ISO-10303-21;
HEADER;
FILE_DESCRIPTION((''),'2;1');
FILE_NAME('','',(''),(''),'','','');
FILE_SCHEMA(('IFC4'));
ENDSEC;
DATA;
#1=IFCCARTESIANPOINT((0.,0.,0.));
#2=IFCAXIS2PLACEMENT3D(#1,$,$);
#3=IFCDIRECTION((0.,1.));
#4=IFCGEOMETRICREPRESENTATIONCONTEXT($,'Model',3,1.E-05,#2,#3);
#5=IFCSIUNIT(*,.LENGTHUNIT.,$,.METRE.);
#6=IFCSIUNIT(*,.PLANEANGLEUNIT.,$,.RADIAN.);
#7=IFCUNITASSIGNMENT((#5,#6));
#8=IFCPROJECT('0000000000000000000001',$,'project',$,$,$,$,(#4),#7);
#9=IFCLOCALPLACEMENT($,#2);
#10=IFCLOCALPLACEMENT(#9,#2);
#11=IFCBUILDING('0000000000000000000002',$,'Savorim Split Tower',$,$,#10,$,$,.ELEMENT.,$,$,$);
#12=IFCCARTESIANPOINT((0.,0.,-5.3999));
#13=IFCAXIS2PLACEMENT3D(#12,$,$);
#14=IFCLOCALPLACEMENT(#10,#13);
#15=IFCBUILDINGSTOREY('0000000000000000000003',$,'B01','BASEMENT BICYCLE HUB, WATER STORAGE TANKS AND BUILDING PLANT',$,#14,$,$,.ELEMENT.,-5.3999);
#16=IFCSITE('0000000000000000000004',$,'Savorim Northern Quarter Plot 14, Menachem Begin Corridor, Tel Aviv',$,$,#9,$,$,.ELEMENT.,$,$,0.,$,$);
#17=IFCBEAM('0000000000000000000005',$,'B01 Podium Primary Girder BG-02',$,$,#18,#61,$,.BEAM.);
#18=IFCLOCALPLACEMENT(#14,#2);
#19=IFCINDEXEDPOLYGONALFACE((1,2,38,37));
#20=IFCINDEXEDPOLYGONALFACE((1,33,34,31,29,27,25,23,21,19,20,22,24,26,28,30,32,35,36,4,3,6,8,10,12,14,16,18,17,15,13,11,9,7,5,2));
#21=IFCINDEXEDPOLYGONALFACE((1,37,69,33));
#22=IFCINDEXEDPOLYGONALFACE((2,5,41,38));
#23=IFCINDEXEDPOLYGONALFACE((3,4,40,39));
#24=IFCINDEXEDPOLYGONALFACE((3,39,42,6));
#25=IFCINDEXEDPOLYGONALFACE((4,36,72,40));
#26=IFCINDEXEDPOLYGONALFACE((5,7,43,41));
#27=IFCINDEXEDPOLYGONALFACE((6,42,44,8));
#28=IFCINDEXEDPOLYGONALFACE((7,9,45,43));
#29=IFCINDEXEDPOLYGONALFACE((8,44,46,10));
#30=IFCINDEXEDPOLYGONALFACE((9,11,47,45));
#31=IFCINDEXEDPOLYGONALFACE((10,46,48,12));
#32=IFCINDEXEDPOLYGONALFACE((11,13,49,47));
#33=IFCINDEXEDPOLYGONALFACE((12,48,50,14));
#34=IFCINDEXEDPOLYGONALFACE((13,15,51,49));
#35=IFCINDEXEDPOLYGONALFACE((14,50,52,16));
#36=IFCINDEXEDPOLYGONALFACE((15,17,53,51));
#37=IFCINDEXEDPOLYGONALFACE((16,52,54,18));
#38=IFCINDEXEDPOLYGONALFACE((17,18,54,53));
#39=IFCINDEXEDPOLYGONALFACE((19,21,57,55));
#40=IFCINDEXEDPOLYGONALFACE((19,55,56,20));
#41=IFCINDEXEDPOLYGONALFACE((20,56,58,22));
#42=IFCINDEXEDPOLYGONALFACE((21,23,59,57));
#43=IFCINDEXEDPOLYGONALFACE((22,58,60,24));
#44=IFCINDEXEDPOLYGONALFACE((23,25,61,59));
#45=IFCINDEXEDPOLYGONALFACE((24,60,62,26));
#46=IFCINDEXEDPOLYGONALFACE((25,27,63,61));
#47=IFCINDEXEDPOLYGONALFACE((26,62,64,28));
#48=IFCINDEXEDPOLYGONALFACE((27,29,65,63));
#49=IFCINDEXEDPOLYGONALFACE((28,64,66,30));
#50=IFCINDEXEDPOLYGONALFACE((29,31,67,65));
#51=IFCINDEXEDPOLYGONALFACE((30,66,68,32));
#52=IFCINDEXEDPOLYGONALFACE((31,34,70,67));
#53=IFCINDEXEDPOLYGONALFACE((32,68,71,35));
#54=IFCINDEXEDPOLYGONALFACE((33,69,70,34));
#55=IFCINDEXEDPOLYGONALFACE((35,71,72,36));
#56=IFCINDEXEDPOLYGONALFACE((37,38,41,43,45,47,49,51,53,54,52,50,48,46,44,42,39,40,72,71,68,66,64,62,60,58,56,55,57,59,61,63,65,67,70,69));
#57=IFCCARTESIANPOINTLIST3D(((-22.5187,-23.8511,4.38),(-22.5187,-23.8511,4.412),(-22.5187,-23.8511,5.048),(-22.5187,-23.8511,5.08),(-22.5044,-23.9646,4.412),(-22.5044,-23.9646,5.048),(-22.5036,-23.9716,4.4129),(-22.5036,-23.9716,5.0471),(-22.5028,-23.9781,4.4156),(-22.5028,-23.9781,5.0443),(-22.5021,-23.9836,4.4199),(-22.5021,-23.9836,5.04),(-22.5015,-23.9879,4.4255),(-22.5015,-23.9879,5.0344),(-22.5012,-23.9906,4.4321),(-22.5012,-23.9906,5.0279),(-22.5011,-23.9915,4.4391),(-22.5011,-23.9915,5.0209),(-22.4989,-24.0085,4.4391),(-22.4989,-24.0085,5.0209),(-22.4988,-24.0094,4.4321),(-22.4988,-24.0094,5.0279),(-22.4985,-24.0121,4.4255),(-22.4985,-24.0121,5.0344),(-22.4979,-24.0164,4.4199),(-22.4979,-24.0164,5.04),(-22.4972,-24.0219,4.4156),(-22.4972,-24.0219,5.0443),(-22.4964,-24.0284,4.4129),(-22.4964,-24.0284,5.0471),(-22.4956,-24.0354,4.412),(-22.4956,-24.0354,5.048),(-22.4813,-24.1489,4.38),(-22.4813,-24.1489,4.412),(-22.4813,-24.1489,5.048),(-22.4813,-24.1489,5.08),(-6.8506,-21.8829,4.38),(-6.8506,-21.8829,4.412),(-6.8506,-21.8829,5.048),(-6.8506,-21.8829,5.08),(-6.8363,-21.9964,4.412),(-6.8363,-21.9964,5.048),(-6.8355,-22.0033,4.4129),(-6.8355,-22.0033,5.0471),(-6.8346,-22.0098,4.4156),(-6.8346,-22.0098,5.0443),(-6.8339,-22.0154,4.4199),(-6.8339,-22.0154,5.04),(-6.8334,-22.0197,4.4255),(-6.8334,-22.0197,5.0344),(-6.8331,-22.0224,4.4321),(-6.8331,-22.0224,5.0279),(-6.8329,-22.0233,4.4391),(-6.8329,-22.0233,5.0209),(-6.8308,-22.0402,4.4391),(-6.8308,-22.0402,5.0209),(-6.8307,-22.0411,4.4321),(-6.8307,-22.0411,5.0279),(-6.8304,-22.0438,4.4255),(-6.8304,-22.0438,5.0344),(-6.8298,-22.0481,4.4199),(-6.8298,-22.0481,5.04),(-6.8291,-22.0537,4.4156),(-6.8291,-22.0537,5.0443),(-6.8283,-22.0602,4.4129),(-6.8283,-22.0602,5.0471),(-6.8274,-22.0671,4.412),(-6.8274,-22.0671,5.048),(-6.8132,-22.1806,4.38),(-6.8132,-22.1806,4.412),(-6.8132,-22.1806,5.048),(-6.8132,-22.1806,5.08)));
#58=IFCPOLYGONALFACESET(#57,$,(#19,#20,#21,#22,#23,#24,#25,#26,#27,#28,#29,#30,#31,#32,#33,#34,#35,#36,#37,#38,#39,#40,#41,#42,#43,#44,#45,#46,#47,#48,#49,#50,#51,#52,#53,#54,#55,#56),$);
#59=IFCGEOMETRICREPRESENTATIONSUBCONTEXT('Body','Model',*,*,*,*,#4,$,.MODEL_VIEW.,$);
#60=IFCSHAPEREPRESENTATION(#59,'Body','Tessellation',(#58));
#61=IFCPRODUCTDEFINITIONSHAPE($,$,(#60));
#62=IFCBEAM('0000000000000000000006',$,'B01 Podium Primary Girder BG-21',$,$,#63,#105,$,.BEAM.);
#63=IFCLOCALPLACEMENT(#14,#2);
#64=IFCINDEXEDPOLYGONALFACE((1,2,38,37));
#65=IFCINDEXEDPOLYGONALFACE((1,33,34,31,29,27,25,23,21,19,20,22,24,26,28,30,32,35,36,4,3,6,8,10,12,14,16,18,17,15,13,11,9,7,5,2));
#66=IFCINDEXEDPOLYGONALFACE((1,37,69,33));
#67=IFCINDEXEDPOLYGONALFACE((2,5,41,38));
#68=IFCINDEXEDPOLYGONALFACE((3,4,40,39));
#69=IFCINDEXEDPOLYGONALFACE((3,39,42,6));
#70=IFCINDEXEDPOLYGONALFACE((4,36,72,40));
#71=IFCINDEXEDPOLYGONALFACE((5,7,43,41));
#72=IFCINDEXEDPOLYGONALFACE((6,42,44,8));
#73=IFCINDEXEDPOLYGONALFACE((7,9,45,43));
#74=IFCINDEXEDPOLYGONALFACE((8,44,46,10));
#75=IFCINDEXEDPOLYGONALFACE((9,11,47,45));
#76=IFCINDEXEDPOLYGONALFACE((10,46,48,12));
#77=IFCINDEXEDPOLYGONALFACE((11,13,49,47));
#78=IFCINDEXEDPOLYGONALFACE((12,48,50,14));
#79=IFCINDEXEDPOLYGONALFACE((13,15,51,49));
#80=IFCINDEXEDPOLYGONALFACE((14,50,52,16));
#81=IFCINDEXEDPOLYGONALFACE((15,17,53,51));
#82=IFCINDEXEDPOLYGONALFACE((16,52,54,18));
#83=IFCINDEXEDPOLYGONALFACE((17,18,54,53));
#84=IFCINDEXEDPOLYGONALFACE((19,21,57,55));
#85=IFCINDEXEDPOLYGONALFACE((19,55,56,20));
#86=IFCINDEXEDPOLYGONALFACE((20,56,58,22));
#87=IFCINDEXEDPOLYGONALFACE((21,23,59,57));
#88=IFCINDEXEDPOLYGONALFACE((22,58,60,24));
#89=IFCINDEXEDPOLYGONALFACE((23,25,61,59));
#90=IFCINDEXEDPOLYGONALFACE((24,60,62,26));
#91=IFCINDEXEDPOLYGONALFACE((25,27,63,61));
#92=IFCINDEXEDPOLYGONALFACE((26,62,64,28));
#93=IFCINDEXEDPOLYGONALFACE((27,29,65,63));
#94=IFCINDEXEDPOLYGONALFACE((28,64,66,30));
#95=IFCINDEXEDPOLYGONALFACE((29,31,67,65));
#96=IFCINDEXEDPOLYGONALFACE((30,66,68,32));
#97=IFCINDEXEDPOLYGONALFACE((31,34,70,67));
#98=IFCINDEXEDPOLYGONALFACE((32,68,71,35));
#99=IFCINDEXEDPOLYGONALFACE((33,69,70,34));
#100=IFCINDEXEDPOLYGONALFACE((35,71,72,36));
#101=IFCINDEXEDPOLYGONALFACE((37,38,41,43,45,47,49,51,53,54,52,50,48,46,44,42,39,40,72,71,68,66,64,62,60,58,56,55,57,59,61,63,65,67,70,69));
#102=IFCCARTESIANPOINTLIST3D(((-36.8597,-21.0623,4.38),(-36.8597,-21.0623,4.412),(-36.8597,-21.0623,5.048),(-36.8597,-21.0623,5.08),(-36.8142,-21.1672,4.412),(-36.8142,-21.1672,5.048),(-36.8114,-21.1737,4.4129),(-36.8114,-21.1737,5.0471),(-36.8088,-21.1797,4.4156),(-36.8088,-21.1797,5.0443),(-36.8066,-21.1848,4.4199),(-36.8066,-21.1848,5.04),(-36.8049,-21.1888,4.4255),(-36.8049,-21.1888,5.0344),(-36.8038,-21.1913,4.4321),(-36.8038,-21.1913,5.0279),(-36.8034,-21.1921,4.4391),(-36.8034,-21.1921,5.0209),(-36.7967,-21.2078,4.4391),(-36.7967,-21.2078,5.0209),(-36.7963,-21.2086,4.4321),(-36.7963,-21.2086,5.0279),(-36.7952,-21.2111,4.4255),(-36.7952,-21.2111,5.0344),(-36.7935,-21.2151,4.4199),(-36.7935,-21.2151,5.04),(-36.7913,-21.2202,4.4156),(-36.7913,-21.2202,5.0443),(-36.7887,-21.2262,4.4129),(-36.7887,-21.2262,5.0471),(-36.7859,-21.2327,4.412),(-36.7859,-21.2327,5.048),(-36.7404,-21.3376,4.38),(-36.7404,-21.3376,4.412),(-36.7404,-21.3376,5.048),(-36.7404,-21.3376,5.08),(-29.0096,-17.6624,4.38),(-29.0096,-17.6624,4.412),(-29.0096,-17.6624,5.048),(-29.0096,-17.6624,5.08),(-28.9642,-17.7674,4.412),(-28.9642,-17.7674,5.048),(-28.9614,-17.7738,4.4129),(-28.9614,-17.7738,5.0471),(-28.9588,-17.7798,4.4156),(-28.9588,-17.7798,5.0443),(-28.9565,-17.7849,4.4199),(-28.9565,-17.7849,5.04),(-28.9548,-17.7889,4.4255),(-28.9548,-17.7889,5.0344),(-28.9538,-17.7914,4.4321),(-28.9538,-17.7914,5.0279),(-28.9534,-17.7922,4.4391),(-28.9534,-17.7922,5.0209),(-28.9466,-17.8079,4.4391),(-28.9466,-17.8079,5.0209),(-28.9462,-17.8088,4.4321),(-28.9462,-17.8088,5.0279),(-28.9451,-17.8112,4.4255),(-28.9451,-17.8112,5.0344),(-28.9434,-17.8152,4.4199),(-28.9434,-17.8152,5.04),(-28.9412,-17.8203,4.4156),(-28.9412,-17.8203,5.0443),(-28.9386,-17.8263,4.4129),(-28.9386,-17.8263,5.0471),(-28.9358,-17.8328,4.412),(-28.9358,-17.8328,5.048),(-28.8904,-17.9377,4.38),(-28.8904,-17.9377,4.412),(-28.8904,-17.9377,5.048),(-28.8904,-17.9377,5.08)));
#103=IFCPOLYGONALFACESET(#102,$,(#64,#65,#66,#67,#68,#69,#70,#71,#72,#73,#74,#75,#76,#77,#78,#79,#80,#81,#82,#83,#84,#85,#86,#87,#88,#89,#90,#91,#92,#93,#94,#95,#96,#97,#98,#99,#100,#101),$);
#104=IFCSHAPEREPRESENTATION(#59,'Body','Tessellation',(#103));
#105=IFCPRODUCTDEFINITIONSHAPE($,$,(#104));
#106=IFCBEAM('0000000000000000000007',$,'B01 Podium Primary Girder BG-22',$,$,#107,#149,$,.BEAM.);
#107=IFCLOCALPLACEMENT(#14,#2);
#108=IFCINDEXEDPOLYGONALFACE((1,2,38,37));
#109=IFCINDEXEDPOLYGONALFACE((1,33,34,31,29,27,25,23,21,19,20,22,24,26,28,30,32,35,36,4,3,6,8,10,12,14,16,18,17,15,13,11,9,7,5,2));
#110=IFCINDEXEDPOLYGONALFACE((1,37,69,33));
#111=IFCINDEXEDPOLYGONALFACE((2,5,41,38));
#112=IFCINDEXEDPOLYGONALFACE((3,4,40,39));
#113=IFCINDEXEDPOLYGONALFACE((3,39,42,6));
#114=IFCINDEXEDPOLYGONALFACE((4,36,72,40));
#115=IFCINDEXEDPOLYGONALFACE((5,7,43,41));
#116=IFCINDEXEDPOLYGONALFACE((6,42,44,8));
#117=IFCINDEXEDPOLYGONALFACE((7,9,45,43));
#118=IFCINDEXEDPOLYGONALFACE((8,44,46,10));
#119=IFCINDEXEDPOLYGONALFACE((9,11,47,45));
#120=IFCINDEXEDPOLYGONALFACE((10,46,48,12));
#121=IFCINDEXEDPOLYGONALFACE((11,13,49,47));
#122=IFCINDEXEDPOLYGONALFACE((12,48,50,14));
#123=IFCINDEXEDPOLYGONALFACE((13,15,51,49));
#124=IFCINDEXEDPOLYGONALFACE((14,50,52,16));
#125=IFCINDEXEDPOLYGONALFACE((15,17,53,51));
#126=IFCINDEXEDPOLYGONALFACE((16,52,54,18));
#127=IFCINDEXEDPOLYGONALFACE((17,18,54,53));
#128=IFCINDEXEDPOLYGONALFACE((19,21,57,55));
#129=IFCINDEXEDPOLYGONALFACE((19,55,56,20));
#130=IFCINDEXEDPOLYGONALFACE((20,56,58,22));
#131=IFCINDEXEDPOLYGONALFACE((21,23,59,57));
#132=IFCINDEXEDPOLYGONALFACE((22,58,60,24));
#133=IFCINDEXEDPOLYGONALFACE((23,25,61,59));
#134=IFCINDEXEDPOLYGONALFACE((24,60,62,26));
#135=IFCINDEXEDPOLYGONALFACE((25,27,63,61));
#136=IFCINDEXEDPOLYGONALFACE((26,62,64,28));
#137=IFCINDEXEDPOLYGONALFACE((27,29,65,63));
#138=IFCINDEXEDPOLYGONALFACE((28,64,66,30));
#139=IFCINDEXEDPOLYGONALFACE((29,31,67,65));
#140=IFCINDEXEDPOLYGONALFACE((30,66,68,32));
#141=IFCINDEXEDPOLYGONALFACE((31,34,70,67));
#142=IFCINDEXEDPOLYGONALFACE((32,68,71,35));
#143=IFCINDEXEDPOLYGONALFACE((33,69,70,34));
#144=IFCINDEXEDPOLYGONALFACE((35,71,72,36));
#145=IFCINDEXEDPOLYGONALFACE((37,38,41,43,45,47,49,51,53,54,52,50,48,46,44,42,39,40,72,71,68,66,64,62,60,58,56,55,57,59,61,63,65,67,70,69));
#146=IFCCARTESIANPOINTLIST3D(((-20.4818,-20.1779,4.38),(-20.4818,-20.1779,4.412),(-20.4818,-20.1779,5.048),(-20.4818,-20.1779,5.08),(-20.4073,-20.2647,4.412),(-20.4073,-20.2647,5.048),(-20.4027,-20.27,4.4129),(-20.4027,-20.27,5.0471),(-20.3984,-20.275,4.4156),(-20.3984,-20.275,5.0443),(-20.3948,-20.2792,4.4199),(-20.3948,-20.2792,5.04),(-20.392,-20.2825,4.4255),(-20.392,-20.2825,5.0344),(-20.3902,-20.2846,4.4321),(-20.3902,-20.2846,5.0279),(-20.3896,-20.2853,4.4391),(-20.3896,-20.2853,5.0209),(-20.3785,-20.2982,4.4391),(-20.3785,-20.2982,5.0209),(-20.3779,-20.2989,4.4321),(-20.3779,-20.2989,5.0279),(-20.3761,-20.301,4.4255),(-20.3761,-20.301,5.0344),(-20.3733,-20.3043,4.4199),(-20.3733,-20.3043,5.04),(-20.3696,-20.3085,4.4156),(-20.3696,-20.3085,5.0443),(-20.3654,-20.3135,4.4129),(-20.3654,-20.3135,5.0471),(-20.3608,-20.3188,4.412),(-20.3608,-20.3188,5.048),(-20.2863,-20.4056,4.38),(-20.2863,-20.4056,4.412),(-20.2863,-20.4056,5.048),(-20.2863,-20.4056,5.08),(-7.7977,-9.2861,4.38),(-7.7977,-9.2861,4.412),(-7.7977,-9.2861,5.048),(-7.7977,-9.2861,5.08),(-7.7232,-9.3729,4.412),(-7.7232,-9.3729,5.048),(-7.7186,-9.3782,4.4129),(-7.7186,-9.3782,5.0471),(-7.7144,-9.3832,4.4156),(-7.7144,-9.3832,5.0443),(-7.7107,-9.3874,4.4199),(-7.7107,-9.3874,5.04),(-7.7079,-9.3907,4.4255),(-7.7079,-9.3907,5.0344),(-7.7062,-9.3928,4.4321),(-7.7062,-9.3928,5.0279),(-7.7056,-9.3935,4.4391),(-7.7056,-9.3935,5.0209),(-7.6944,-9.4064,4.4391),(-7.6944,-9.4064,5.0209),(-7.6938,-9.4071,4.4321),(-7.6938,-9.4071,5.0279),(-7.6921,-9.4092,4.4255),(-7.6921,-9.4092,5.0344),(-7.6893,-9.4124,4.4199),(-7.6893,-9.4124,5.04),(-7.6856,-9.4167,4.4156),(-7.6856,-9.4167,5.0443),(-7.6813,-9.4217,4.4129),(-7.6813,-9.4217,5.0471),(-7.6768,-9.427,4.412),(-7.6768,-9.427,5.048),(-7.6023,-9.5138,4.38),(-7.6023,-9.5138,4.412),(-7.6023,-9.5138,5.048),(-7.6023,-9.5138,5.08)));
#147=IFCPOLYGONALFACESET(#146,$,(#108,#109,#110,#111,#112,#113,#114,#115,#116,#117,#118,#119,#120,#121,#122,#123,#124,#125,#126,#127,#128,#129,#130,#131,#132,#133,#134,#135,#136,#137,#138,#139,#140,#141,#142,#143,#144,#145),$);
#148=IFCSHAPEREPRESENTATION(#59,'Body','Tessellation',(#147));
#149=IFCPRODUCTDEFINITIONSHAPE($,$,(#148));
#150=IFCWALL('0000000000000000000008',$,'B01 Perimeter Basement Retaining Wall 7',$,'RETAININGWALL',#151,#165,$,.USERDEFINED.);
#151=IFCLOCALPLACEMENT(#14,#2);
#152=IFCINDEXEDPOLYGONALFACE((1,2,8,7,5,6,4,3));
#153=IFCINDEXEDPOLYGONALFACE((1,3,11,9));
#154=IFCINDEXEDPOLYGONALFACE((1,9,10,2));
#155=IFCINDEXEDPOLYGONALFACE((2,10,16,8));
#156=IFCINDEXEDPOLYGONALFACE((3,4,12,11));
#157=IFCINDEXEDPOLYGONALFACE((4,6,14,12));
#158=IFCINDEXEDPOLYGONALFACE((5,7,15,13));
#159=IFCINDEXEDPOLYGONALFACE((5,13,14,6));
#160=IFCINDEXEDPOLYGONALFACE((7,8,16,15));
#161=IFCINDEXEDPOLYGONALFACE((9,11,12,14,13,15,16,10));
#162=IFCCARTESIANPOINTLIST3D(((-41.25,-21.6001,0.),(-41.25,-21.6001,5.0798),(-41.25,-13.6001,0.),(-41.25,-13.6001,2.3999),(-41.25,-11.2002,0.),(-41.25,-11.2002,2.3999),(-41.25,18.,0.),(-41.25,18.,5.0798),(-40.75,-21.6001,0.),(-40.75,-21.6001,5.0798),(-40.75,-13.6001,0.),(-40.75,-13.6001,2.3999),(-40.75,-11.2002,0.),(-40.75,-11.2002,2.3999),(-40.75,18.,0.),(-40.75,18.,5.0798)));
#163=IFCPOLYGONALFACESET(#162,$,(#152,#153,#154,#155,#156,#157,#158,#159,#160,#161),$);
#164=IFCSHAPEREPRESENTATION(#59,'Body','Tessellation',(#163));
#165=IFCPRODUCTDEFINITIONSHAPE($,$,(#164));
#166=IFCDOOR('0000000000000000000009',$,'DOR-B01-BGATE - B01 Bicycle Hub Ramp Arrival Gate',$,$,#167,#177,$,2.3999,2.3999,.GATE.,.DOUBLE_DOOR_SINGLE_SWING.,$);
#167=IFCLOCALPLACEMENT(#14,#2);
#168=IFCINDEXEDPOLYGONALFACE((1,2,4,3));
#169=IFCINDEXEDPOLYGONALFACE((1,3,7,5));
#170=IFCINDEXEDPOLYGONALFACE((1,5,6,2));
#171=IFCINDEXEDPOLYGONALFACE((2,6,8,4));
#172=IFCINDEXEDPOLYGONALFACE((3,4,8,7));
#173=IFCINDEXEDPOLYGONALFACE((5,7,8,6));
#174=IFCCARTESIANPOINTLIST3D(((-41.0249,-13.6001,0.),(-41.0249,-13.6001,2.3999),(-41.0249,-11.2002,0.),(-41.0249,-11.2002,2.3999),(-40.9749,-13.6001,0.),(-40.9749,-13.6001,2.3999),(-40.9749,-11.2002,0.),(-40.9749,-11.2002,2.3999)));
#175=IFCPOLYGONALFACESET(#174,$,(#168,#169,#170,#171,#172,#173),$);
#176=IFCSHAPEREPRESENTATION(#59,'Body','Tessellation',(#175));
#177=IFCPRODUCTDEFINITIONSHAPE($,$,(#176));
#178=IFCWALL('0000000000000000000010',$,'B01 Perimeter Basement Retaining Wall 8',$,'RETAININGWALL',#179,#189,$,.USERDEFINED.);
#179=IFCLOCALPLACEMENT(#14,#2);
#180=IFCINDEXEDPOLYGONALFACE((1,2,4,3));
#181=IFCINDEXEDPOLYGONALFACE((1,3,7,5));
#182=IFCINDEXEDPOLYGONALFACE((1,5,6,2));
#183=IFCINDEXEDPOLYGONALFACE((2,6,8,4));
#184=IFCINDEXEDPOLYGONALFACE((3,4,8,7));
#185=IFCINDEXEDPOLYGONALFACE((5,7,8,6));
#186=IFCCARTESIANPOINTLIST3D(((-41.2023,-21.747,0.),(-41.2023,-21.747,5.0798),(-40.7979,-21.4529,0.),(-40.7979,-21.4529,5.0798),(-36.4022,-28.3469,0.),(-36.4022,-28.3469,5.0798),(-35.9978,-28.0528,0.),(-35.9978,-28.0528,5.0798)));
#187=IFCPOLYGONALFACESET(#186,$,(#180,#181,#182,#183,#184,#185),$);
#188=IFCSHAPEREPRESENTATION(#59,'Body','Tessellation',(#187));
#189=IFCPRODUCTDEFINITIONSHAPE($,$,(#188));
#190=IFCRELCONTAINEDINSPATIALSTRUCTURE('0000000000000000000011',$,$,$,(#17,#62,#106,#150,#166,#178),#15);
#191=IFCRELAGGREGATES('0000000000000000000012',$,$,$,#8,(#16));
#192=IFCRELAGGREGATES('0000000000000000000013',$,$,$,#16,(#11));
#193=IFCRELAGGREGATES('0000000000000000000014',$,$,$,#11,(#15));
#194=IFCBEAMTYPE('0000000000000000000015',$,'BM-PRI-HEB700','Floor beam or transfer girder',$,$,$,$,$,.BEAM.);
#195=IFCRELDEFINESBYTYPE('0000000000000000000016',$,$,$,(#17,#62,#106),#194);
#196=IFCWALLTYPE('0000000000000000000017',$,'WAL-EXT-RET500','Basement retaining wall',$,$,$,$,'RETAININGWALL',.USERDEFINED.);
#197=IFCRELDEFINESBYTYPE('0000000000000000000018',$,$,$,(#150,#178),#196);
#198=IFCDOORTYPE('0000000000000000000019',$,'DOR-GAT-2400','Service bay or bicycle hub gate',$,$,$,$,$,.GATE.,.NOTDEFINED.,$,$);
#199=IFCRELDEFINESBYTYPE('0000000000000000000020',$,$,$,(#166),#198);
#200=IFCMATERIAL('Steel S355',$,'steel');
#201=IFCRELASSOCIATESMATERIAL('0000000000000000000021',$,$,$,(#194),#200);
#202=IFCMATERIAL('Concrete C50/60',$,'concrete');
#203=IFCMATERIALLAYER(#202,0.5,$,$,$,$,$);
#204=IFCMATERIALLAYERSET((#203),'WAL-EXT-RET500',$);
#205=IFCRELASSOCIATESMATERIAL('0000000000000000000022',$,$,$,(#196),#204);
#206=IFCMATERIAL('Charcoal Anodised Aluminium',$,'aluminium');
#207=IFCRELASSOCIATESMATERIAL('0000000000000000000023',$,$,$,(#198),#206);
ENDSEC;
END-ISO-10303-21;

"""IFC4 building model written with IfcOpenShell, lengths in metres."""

from ifc_helpers import new_model, si_unit, direction, frame, frame_2d, origin, origin_2d, place, context, subcontext, project, spatial, rectangle, i_section, extrude, material, layer, layer_set, material_profile, profile_set, type_object, element, fill, save


model = new_model("IFC4")

# Units and contexts
model_context = context("Model", 3, precision=1e-05, world=origin(), true_north=direction((0.0, 1.0)))
body_context = subcontext(model_context, "Body", "Model", "MODEL_VIEW")
ifc_project = project(units=[si_unit("LENGTHUNIT", "METRE"), si_unit("PLANEANGLEUNIT", "RADIAN")], contexts=[model_context])

# Site, building, storey
site_placement = place(None, origin())
site = spatial("IfcSite", under=ifc_project, at=site_placement, Name="Savorim Northern Quarter Plot 14, Menachem Begin Corridor, Tel Aviv", CompositionType="ELEMENT", RefElevation=0.0)
building_placement = place(site_placement, origin())
building = spatial("IfcBuilding", under=site, at=building_placement, Name="Savorim Split Tower", CompositionType="ELEMENT")
storey_placement = place(building_placement, frame((0.0, 0.0, -5.3999)))
storey = spatial("IfcBuildingStorey", under=building, at=storey_placement, Name="B01", Description="BASEMENT BICYCLE HUB, WATER STORAGE TANKS AND BUILDING PLANT", CompositionType="ELEMENT", Elevation=-5.3999)

# Shared definitions
ifc_material_1 = material(Name="Concrete C50/60", Category="concrete")

# Beams
ifc_material_2 = material(Name="Steel S355", Category="steel")
ifc_material_profile_1 = material_profile(ifc_material_2, i_section(OverallWidth=0.3, OverallDepth=0.7, WebThickness=0.0171, FlangeThickness=0.032, FilletRadius=0.0271, at=origin_2d()), Name="HEB 700")
ifc_profile_set_1 = profile_set([ifc_material_profile_1], Name="Steel S355")
beam_type_1 = type_object("IfcBeamType", Name="BM-PRI-HEB700", Description="Floor beam or transfer girder", PredefinedType="BEAM", material=ifc_profile_set_1)
beam_1_placement = place(storey_placement, frame((-22.5, -24.0, 4.73), z_axis=(0.992202, 0.124642, 0.0), x_axis=(-0.124642, 0.992202, 0.0)))
element("IfcBeam", 1, at=beam_1_placement, inside=storey, type_object=beam_type_1, Name="B01 Podium Primary Girder BG-02", PredefinedType="BEAM", context=body_context, shape_type="SweptSolid", body=[
    extrude(i_section(OverallWidth=0.3, OverallDepth=0.7, WebThickness=0.0171, FlangeThickness=0.032, FilletRadius=0.0271, at=origin_2d()), origin(), (0.0, 0.0, 1.0), 15.7913),
])
beam_2_placement = place(storey_placement, frame((-36.8, -21.2, 4.73), z_axis=(0.917633, 0.39743, 0.0), x_axis=(-0.39743, 0.917633, 0.0)))
element("IfcBeam", 2, at=beam_2_placement, inside=storey, type_object=beam_type_1, Name="B01 Podium Primary Girder BG-21", PredefinedType="BEAM", context=body_context, shape_type="SweptSolid", body=[
    extrude(i_section(OverallWidth=0.3, OverallDepth=0.7, WebThickness=0.0171, FlangeThickness=0.032, FilletRadius=0.0271, at=origin_2d()), origin(), (0.0, 0.0, 1.0), 8.5547),
])
beam_3_placement = place(storey_placement, frame((-20.384, -20.2917, 4.73), z_axis=(0.758672, 0.651473, 0.0), x_axis=(-0.651473, 0.758672, 0.0)))
element("IfcBeam", 3, at=beam_3_placement, inside=storey, type_object=beam_type_1, Name="B01 Podium Primary Girder BG-22", PredefinedType="BEAM", context=body_context, shape_type="SweptSolid", body=[
    extrude(i_section(OverallWidth=0.3, OverallDepth=0.7, WebThickness=0.0171, FlangeThickness=0.032, FilletRadius=0.0271, at=origin_2d()), origin(), (0.0, 0.0, 1.0), 16.7188),
])

# Wall, opening, door
ifc_layer = layer(ifc_material_1, 0.5)
ifc_layer_set = layer_set([ifc_layer], Name="WAL-EXT-RET500")
wall_type = type_object("IfcWallType", Name="WAL-EXT-RET500", Description="Basement retaining wall", ElementType="RETAININGWALL", PredefinedType="USERDEFINED", material=ifc_layer_set)
wall_1_placement = place(storey_placement, frame((-41.0, -21.6001, 0.0), z_axis=(0.0, 0.0, 1.0), x_axis=(0.0, 1.0, 0.0)))
wall_1 = element("IfcWall", 4, at=wall_1_placement, inside=storey, type_object=wall_type, Name="B01 Perimeter Basement Retaining Wall 7", ObjectType="RETAININGWALL", PredefinedType="USERDEFINED", context=body_context, shape_type="SweptSolid", body=[
    extrude(rectangle(XDim=39.6001, YDim=0.5, at=frame_2d((19.8, 0.0))), origin(), (0.0, 0.0, 1.0), 5.0798),
])
opening_placement = place(wall_1_placement, frame((8.0, 0.0, 0.0)))
opening = element("IfcOpeningElement", 5, at=opening_placement, cuts=wall_1, PredefinedType="OPENING", context=body_context, shape_type="SweptSolid", body=[
    extrude(rectangle(XDim=2.3999, YDim=2.3999, at=frame_2d((1.2, 1.2))), frame((0.0, 0.26, 0.0), z_axis=(0.0, -1.0, 0.0), x_axis=(1.0, 0.0, 0.0)), (0.0, 0.0, 1.0), 0.52),
])
ifc_material_3 = material(Name="Charcoal Anodised Aluminium", Category="aluminium")
door_type = type_object("IfcDoorType", Name="DOR-GAT-2400", Description="Service bay or bicycle hub gate", OperationType="NOTDEFINED", PredefinedType="GATE", material=ifc_material_3)
door_placement = place(opening_placement, origin())
door = element("IfcDoor", 6, at=door_placement, inside=storey, type_object=door_type, Name="DOR-B01-BGATE - B01 Bicycle Hub Ramp Arrival Gate", OperationType="DOUBLE_DOOR_SINGLE_SWING", OverallHeight=2.3999, OverallWidth=2.3999, PredefinedType="GATE", context=body_context, shape_type="SweptSolid", body=[
    extrude(rectangle(XDim=2.3999, YDim=2.3999, at=frame_2d((1.2, 1.2))), frame((0.0, 0.0249, 0.0), z_axis=(0.0, -1.0, 0.0), x_axis=(1.0, 0.0, 0.0)), (0.0, 0.0, 1.0), 0.05),
])
fill(opening, door)

# Wall
wall_2_placement = place(storey_placement, frame((-36.2, -28.2, 0.0), z_axis=(0.0, 0.0, 1.0), x_axis=(-0.588184, 0.808727, 0.0)))
element("IfcWall", 7, at=wall_2_placement, inside=storey, type_object=wall_type, Name="B01 Perimeter Basement Retaining Wall 8", ObjectType="RETAININGWALL", PredefinedType="USERDEFINED", context=body_context, shape_type="SweptSolid", body=[
    extrude(rectangle(XDim=8.1609, YDim=0.5, at=frame_2d((4.0806, 0.0))), origin(), (0.0, 0.0, 1.0), 5.0798),
])

save(model, "model.ifc")
